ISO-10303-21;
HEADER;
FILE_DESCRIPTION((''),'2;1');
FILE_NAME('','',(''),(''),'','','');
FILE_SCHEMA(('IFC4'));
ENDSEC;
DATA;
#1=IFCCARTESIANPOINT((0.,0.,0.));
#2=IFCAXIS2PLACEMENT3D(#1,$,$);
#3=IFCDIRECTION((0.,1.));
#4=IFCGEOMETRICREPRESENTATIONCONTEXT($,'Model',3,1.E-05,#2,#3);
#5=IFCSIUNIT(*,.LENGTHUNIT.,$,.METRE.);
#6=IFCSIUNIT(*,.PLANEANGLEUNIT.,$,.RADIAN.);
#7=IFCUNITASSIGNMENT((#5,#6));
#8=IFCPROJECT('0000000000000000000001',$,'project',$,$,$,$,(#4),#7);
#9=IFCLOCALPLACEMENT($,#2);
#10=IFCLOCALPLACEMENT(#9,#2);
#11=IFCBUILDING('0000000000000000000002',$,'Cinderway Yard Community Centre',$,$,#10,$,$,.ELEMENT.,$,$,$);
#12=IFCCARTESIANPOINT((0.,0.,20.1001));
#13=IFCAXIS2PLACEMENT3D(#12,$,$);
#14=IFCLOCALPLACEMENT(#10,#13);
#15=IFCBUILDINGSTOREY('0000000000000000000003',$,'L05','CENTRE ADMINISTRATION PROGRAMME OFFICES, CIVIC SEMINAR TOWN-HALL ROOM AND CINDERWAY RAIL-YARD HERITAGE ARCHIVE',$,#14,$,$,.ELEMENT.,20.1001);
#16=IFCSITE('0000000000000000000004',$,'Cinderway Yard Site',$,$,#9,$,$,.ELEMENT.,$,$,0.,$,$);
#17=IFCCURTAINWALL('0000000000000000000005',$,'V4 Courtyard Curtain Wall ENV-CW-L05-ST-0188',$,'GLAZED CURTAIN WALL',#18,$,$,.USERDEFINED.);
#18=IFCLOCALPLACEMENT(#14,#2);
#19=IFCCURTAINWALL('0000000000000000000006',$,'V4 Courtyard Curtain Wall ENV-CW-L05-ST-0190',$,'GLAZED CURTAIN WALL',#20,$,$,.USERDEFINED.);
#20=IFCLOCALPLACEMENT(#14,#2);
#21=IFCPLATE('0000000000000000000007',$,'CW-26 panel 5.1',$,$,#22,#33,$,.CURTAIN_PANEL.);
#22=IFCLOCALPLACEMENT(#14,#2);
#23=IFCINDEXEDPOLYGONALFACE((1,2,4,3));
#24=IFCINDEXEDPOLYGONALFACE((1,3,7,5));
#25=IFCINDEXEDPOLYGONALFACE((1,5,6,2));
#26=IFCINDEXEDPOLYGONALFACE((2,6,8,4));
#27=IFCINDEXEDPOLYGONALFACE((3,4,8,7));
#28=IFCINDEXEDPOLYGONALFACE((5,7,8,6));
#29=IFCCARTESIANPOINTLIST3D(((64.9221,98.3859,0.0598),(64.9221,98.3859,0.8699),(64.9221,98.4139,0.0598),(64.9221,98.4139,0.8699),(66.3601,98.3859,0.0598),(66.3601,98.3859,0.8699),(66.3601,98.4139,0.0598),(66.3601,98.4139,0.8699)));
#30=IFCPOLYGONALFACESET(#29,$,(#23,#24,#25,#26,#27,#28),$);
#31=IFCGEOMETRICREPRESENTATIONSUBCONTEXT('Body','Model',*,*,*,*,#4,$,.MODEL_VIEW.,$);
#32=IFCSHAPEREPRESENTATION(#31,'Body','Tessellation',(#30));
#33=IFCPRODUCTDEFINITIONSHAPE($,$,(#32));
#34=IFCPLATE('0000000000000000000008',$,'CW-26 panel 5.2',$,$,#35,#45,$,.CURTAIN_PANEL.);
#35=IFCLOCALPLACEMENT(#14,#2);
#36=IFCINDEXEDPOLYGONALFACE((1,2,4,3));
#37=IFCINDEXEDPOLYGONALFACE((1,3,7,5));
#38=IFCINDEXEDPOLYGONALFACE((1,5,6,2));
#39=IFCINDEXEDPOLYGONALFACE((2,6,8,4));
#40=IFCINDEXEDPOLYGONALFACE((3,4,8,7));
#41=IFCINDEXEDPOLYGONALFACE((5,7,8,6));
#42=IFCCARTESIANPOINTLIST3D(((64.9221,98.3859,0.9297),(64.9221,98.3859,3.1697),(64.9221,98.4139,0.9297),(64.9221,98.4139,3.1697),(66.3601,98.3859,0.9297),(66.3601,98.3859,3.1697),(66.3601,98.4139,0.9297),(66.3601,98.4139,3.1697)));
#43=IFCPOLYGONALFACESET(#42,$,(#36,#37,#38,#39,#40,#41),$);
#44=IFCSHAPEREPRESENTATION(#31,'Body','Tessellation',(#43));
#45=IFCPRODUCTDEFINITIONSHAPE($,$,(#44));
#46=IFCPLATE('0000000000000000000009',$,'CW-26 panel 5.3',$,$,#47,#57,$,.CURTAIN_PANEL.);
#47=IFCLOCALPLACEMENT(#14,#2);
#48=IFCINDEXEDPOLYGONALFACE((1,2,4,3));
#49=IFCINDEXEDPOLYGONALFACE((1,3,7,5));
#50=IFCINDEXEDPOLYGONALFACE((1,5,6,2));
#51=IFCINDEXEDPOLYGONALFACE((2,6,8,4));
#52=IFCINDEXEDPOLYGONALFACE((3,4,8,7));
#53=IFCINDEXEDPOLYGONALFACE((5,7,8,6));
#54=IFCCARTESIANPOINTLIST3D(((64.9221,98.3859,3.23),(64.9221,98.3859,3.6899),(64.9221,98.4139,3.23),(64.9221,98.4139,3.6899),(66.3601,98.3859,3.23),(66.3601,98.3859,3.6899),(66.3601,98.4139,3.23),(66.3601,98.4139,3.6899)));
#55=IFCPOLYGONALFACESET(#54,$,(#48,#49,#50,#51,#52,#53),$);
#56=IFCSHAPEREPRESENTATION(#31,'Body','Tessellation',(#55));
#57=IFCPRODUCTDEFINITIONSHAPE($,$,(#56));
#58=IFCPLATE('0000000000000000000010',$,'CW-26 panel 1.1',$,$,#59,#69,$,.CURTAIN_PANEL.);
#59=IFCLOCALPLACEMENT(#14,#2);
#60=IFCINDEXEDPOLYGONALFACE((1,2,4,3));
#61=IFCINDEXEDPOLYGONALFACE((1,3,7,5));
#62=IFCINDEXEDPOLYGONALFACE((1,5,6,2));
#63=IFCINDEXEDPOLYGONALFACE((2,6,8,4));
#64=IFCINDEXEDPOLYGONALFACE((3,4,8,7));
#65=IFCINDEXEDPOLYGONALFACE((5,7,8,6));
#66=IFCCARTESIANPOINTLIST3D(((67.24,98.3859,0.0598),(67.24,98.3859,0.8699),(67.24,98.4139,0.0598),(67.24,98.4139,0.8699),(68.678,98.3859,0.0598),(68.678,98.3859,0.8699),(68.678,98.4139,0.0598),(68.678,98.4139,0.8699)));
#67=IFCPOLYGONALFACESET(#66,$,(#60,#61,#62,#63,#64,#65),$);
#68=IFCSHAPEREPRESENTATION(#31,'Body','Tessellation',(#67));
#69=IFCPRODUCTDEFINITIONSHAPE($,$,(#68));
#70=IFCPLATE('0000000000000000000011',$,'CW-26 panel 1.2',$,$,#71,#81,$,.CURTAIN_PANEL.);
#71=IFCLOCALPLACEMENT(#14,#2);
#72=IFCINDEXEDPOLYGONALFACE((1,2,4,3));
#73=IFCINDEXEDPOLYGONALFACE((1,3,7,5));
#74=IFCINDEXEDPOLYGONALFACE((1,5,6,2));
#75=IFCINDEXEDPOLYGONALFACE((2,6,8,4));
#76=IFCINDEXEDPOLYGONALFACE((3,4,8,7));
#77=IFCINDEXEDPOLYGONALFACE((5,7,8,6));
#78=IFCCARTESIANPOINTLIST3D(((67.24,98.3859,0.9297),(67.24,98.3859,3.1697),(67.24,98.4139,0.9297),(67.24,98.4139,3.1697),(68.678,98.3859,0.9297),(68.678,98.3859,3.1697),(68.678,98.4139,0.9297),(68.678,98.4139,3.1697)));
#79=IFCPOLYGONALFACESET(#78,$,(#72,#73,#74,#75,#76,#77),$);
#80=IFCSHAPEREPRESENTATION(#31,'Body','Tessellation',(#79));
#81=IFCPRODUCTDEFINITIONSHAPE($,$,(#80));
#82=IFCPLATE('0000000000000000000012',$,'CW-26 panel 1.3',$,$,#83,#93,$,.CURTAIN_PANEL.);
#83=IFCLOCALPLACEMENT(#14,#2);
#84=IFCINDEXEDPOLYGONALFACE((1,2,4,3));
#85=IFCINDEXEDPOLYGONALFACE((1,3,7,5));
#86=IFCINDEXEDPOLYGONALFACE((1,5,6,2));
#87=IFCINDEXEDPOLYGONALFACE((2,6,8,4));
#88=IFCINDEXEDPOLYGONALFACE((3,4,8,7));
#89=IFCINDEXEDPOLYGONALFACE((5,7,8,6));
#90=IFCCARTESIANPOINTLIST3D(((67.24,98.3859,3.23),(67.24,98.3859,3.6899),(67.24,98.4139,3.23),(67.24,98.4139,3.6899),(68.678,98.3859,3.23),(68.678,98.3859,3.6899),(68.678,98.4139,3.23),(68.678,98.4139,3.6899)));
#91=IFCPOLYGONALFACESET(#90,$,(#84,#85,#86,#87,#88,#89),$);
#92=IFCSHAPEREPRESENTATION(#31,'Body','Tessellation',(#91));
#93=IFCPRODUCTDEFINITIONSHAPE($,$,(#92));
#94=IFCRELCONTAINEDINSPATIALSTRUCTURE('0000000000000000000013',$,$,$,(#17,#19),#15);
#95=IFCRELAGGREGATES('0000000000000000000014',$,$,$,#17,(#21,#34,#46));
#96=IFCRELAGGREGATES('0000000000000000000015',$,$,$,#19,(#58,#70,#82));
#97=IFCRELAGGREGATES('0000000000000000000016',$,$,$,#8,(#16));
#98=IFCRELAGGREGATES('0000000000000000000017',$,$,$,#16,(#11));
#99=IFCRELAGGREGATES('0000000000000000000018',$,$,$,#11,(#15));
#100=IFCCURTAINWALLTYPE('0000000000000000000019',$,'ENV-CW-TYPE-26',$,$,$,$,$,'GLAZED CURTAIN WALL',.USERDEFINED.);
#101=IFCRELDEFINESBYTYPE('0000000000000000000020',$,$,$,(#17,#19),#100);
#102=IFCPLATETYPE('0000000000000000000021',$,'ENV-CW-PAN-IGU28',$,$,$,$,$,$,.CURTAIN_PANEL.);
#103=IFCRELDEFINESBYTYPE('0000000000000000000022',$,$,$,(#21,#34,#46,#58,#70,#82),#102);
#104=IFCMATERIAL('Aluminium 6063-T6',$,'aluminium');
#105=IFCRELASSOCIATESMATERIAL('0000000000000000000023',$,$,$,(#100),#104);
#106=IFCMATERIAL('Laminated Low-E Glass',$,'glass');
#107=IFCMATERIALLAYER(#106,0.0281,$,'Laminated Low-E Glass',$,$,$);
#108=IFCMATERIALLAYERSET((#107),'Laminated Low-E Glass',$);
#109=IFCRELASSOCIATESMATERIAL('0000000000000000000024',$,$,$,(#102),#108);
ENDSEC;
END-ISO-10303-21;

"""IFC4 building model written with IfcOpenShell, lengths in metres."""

from ifc_helpers import new_model, si_unit, direction, frame, origin, origin_2d, place, context, subcontext, project, spatial, rectangle, extrude, material, layer, layer_set, type_object, element, aggregate, save


model = new_model("IFC4")

# Units and contexts
model_context = context("Model", 3, precision=1e-05, world=origin(), true_north=direction((0.0, 1.0)))
body_context = subcontext(model_context, "Body", "Model", "MODEL_VIEW")
ifc_project = project(units=[si_unit("LENGTHUNIT", "METRE"), si_unit("PLANEANGLEUNIT", "RADIAN")], contexts=[model_context])

# Site, building, storey
site_placement = place(None, origin())
site = spatial("IfcSite", under=ifc_project, at=site_placement, Name="Cinderway Yard Site", CompositionType="ELEMENT", RefElevation=0.0)
building_placement = place(site_placement, origin())
building = spatial("IfcBuilding", under=site, at=building_placement, Name="Cinderway Yard Community Centre", CompositionType="ELEMENT")
storey_placement = place(building_placement, frame((0.0, 0.0, 20.1001)))
storey = spatial("IfcBuildingStorey", under=building, at=storey_placement, Name="L05", Description="CENTRE ADMINISTRATION PROGRAMME OFFICES, CIVIC SEMINAR TOWN-HALL ROOM AND CINDERWAY RAIL-YARD HERITAGE ARCHIVE", CompositionType="ELEMENT", Elevation=20.1001)

# Curtain walls
ifc_material_1 = material(Name="Aluminium 6063-T6", Category="aluminium")
curtain_wall_type = type_object("IfcCurtainWallType", Name="ENV-CW-TYPE-26", ElementType="GLAZED CURTAIN WALL", PredefinedType="USERDEFINED", material=ifc_material_1)
curtain_wall_1_placement = place(storey_placement, origin())
curtain_wall_1 = element("IfcCurtainWall", 1, at=curtain_wall_1_placement, inside=storey, type_object=curtain_wall_type, Name="V4 Courtyard Curtain Wall ENV-CW-L05-ST-0188", ObjectType="GLAZED CURTAIN WALL", PredefinedType="USERDEFINED")
curtain_wall_2_placement = place(storey_placement, origin())
curtain_wall_2 = element("IfcCurtainWall", 2, at=curtain_wall_2_placement, inside=storey, type_object=curtain_wall_type, Name="V4 Courtyard Curtain Wall ENV-CW-L05-ST-0190", ObjectType="GLAZED CURTAIN WALL", PredefinedType="USERDEFINED")

# Plates
ifc_material_2 = material(Name="Laminated Low-E Glass", Category="glass")
ifc_layer = layer(ifc_material_2, 0.0281, Name="Laminated Low-E Glass")
ifc_layer_set = layer_set([ifc_layer], Name="Laminated Low-E Glass")
plate_type = type_object("IfcPlateType", Name="ENV-CW-PAN-IGU28", PredefinedType="CURTAIN_PANEL", material=ifc_layer_set)
plate_1_placement = place(storey_placement, frame((65.6411, 98.3999, 0.0598), z_axis=(0.0, 0.0, 1.0), x_axis=(1.0, 0.0, 0.0)))
plate_1 = element("IfcPlate", 3, at=plate_1_placement, type_object=plate_type, Name="CW-26 panel 5.1", PredefinedType="CURTAIN_PANEL", context=body_context, shape_type="SweptSolid", body=[
    extrude(rectangle(XDim=1.438, YDim=0.0281, at=origin_2d()), origin(), (0.0, 0.0, 1.0), 0.8101),
])
plate_2_placement = place(storey_placement, frame((65.6411, 98.3999, 0.9297), z_axis=(0.0, 0.0, 1.0), x_axis=(1.0, 0.0, 0.0)))
plate_2 = element("IfcPlate", 4, at=plate_2_placement, type_object=plate_type, Name="CW-26 panel 5.2", PredefinedType="CURTAIN_PANEL", context=body_context, shape_type="SweptSolid", body=[
    extrude(rectangle(XDim=1.438, YDim=0.0281, at=origin_2d()), origin(), (0.0, 0.0, 1.0), 2.24),
])
plate_3_placement = place(storey_placement, frame((65.6411, 98.3999, 3.23), z_axis=(0.0, 0.0, 1.0), x_axis=(1.0, 0.0, 0.0)))
plate_3 = element("IfcPlate", 5, at=plate_3_placement, type_object=plate_type, Name="CW-26 panel 5.3", PredefinedType="CURTAIN_PANEL", context=body_context, shape_type="SweptSolid", body=[
    extrude(rectangle(XDim=1.438, YDim=0.0281, at=origin_2d()), origin(), (0.0, 0.0, 1.0), 0.46),
])
aggregate(curtain_wall_1, [plate_1, plate_2, plate_3])
plate_4_placement = place(storey_placement, frame((67.959, 98.3999, 0.0598), z_axis=(0.0, 0.0, 1.0), x_axis=(1.0, 0.0, 0.0)))
plate_4 = element("IfcPlate", 6, at=plate_4_placement, type_object=plate_type, Name="CW-26 panel 1.1", PredefinedType="CURTAIN_PANEL", context=body_context, shape_type="SweptSolid", body=[
    extrude(rectangle(XDim=1.438, YDim=0.0281, at=origin_2d()), origin(), (0.0, 0.0, 1.0), 0.8101),
])
plate_5_placement = place(storey_placement, frame((67.959, 98.3999, 0.9297), z_axis=(0.0, 0.0, 1.0), x_axis=(1.0, 0.0, 0.0)))
plate_5 = element("IfcPlate", 7, at=plate_5_placement, type_object=plate_type, Name="CW-26 panel 1.2", PredefinedType="CURTAIN_PANEL", context=body_context, shape_type="SweptSolid", body=[
    extrude(rectangle(XDim=1.438, YDim=0.0281, at=origin_2d()), origin(), (0.0, 0.0, 1.0), 2.24),
])
plate_6_placement = place(storey_placement, frame((67.959, 98.3999, 3.23), z_axis=(0.0, 0.0, 1.0), x_axis=(1.0, 0.0, 0.0)))
plate_6 = element("IfcPlate", 8, at=plate_6_placement, type_object=plate_type, Name="CW-26 panel 1.3", PredefinedType="CURTAIN_PANEL", context=body_context, shape_type="SweptSolid", body=[
    extrude(rectangle(XDim=1.438, YDim=0.0281, at=origin_2d()), origin(), (0.0, 0.0, 1.0), 0.46),
])
aggregate(curtain_wall_2, [plate_4, plate_5, plate_6])

save(model, "model.ifc")
